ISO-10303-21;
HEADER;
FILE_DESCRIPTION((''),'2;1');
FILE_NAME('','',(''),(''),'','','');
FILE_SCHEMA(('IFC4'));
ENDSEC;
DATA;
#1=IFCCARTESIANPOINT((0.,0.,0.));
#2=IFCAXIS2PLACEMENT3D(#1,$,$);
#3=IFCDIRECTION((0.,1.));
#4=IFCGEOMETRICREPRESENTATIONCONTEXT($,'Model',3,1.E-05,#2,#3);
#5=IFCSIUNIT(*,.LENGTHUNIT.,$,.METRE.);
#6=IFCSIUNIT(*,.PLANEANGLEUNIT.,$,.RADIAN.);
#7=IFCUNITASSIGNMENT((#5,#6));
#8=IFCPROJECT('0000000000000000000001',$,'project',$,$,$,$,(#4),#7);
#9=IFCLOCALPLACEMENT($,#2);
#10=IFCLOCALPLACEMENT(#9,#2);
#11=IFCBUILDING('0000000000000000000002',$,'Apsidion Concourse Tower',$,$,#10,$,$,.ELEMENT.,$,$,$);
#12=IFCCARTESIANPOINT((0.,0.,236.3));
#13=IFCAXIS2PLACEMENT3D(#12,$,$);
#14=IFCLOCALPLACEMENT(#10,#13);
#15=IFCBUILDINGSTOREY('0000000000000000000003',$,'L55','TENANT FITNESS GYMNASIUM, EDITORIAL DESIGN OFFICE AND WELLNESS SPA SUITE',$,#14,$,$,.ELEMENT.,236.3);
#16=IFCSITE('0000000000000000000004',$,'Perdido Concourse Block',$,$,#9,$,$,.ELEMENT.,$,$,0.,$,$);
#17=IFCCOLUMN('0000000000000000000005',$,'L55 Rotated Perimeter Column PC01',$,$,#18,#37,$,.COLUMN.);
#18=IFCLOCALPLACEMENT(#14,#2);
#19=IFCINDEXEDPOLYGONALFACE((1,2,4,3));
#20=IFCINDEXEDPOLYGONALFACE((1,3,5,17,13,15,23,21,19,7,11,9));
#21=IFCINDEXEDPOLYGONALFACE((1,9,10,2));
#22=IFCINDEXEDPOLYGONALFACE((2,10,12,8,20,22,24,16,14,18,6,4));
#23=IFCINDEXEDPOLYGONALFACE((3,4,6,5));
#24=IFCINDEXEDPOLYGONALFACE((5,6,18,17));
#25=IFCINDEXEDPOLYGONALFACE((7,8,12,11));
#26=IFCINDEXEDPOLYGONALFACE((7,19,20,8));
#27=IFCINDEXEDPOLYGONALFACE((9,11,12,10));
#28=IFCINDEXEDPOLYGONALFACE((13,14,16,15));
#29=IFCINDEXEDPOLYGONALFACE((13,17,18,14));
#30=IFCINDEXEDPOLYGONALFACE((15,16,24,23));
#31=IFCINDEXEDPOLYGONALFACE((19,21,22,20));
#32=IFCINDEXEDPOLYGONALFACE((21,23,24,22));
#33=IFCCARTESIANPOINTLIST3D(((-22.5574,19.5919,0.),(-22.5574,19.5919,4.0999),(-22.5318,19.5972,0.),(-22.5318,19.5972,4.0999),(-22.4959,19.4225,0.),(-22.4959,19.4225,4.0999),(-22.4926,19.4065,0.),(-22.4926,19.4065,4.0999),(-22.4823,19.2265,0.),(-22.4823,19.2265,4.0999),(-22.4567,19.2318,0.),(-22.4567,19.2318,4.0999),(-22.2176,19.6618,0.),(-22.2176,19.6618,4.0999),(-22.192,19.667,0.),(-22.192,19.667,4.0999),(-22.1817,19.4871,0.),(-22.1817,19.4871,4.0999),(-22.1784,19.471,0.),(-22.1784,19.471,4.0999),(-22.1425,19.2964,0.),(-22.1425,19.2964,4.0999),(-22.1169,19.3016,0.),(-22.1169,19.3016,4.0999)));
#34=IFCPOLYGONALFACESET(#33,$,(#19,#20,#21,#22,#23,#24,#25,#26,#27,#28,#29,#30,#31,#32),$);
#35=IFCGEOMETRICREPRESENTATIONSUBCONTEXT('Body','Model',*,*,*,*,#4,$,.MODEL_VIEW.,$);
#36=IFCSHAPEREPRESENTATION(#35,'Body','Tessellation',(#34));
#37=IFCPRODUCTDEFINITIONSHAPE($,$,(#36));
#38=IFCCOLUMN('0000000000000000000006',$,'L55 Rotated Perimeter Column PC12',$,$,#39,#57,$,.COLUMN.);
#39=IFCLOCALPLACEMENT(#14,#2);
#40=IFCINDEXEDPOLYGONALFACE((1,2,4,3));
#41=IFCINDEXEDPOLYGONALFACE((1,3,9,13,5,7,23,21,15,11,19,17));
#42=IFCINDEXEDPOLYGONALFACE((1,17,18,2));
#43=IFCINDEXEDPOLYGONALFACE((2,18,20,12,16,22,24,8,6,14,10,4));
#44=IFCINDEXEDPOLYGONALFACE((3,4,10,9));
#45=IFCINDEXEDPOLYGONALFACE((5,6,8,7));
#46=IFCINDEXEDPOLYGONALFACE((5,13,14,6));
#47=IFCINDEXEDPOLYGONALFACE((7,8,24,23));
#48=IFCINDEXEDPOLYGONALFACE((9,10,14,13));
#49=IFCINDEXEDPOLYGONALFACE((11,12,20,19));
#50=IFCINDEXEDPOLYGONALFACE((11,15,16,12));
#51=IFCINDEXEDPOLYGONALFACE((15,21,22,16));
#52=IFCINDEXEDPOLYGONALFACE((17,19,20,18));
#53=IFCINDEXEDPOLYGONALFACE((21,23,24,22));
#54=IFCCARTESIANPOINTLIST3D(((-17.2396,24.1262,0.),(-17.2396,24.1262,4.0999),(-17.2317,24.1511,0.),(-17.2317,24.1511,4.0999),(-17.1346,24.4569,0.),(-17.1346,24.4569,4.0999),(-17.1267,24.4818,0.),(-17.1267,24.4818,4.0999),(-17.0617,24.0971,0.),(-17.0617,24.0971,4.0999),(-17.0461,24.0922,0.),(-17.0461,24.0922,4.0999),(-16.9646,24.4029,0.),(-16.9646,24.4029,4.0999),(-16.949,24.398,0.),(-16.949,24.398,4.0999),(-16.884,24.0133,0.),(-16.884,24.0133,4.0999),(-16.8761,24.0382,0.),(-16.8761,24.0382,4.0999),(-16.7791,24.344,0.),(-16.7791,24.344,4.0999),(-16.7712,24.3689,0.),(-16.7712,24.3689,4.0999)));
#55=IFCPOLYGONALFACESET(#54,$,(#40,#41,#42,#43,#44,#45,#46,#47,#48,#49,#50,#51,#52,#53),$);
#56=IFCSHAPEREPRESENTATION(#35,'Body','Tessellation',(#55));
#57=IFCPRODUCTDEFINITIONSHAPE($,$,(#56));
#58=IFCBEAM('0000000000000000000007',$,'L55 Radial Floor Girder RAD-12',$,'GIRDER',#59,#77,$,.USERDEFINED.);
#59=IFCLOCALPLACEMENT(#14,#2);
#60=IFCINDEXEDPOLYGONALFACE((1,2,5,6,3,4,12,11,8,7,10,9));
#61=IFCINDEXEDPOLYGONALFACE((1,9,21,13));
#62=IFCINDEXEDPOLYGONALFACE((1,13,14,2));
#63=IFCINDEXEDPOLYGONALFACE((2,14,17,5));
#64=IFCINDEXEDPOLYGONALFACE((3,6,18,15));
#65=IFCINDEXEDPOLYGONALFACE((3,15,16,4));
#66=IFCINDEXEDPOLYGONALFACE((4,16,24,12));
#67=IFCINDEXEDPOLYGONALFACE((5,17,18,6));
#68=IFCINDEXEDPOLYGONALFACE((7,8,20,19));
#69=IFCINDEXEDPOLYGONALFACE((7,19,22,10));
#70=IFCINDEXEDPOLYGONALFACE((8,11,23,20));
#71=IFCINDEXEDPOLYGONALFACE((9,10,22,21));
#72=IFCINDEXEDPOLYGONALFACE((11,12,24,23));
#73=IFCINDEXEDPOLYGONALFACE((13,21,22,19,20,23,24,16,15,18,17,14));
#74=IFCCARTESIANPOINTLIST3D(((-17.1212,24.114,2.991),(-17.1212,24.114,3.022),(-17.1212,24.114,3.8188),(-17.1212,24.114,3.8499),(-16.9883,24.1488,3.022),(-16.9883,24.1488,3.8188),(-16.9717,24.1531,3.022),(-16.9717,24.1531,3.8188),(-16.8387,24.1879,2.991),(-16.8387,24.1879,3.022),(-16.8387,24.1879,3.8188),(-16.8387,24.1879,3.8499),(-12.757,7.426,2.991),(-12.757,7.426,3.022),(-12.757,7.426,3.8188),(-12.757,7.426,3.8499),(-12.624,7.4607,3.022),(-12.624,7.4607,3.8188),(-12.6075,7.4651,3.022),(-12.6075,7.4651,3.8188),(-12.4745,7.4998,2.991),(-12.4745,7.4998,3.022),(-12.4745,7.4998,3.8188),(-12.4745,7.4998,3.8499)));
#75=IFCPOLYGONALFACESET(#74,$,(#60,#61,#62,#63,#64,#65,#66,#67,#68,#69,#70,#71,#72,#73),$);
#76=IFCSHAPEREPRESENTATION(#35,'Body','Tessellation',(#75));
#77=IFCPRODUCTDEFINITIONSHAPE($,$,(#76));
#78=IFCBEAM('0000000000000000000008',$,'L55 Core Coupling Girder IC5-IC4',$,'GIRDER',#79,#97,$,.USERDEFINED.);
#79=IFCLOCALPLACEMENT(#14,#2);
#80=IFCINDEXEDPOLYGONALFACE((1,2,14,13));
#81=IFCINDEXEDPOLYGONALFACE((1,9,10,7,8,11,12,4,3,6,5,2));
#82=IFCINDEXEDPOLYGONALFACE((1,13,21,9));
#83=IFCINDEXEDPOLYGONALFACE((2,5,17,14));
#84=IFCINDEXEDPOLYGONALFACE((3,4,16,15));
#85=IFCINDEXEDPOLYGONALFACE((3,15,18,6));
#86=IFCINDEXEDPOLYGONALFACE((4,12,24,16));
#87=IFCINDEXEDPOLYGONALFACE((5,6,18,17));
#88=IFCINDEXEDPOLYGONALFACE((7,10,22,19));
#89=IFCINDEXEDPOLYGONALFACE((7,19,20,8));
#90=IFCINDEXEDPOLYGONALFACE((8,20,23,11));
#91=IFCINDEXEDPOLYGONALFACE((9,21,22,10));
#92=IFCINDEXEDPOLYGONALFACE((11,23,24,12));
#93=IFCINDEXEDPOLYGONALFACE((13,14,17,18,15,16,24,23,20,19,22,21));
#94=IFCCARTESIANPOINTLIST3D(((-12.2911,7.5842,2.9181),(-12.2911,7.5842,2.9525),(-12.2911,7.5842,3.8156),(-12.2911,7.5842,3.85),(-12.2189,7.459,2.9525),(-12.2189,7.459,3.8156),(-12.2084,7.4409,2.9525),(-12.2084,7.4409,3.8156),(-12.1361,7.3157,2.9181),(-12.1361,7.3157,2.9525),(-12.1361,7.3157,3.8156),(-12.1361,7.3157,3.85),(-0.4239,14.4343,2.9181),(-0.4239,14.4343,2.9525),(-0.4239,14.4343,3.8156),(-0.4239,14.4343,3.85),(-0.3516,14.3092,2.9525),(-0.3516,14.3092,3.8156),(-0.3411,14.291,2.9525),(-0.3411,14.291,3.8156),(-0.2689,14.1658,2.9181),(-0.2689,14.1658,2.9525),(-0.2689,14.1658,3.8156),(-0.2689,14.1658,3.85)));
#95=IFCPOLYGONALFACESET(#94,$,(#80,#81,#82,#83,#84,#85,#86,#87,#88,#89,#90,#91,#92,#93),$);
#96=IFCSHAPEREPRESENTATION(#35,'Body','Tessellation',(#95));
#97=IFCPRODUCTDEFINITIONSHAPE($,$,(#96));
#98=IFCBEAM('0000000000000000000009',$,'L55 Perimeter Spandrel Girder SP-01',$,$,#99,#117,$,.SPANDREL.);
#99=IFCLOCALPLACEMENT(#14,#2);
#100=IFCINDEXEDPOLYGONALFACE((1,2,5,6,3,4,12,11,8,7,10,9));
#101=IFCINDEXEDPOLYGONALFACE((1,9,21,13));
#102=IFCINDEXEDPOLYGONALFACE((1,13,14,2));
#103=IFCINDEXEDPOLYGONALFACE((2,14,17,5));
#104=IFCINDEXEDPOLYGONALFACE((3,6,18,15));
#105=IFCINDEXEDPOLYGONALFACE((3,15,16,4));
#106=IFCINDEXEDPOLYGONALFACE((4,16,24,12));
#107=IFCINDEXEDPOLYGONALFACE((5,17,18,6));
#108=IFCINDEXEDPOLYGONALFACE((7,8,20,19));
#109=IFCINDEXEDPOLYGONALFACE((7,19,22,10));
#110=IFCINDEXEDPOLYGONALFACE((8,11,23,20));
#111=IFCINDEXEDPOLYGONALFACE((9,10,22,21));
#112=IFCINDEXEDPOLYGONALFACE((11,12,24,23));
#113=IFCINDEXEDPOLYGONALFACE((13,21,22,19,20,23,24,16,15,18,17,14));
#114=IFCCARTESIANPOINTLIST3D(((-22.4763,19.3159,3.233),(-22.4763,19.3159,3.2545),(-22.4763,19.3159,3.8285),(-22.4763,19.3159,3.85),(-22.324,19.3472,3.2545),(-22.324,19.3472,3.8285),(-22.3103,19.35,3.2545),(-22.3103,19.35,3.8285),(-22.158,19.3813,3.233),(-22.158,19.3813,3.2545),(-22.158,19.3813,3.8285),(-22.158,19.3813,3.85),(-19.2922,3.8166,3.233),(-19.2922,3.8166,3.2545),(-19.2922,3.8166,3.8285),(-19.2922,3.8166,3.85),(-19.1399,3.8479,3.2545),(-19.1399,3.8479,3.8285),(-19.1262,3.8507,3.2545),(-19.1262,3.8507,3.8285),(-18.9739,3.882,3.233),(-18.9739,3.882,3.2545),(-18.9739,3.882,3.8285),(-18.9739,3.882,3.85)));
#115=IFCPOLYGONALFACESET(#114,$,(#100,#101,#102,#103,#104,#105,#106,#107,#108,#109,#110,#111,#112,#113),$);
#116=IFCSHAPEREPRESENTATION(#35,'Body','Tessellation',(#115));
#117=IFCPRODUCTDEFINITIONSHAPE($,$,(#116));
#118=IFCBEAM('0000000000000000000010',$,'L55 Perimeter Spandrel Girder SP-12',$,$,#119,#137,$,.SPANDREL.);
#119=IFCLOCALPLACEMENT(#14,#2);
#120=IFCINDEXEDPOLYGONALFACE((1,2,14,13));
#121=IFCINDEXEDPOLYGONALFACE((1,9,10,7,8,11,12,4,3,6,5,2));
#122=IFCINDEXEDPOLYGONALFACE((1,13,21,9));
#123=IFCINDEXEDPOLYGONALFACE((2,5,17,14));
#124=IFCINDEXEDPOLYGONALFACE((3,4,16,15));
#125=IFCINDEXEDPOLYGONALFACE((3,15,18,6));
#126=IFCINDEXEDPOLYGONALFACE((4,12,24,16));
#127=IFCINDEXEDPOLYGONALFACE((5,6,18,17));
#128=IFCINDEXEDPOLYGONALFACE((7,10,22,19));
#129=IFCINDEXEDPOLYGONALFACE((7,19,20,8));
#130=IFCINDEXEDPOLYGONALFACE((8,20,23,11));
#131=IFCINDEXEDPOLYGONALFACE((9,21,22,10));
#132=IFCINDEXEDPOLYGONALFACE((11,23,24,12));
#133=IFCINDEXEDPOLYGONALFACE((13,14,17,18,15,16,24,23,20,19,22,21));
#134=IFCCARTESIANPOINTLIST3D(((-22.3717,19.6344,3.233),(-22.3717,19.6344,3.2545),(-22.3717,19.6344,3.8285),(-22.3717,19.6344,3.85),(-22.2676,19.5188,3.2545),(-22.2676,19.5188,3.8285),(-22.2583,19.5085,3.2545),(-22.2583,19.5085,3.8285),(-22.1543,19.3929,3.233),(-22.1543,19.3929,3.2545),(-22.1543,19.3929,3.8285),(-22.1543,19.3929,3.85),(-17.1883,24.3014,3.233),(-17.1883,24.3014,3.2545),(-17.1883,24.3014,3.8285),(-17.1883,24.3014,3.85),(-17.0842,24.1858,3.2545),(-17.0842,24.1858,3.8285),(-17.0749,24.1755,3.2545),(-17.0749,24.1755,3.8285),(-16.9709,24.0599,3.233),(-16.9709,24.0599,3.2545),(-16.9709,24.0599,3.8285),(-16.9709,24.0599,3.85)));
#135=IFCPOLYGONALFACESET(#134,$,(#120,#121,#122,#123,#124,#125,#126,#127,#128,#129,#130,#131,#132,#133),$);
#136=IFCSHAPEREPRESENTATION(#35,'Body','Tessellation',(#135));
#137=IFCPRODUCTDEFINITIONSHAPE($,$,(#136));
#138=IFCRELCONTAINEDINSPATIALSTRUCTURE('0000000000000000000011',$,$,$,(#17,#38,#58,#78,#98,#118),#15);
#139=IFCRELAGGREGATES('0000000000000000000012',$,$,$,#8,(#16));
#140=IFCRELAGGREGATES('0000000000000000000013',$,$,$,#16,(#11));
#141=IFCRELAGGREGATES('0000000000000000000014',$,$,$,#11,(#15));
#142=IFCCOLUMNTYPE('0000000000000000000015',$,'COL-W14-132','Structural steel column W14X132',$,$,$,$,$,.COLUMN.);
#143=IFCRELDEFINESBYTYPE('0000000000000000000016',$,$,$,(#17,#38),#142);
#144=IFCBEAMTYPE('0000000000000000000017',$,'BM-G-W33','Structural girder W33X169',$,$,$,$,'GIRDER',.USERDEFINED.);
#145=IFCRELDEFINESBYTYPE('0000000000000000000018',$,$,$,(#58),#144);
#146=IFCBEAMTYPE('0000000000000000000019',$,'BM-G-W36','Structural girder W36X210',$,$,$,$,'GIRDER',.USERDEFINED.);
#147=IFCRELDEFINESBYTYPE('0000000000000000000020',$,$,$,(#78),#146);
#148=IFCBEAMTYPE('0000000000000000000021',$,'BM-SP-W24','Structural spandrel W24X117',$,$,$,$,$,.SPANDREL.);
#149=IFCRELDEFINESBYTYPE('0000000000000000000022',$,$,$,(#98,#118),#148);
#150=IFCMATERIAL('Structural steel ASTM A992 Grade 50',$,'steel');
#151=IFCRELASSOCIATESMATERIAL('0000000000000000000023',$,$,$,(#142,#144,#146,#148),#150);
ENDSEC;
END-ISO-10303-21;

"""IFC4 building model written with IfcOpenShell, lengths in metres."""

from ifc_helpers import new_model, si_unit, direction, frame, origin, origin_2d, place, context, subcontext, project, spatial, i_section, extrude, material, material_profile, profile_set, type_object, element, save


model = new_model("IFC4")

# Units and contexts
model_context = context("Model", 3, precision=1e-05, world=origin(), true_north=direction((0.0, 1.0)))
body_context = subcontext(model_context, "Body", "Model", "MODEL_VIEW")
ifc_project = project(units=[si_unit("LENGTHUNIT", "METRE"), si_unit("PLANEANGLEUNIT", "RADIAN")], contexts=[model_context])

# Site, building, storey
site_placement = place(None, origin())
site = spatial("IfcSite", under=ifc_project, at=site_placement, Name="Perdido Concourse Block", CompositionType="ELEMENT", RefElevation=0.0)
building_placement = place(site_placement, origin())
building = spatial("IfcBuilding", under=site, at=building_placement, Name="Apsidion Concourse Tower", CompositionType="ELEMENT")
storey_placement = place(building_placement, frame((0.0, 0.0, 236.3)))
storey = spatial("IfcBuildingStorey", under=building, at=storey_placement, Name="L55", Description="TENANT FITNESS GYMNASIUM, EDITORIAL DESIGN OFFICE AND WELLNESS SPA SUITE", CompositionType="ELEMENT", Elevation=236.3)

# Columns
ifc_material_1 = material(Name="Structural steel ASTM A992 Grade 50", Category="steel")
ifc_material_profile_1 = material_profile(ifc_material_1, i_section(OverallWidth=0.373, OverallDepth=0.373, WebThickness=0.0164, FlangeThickness=0.0261, at=origin_2d()), Name="W14X132")
ifc_profile_set_1 = profile_set([ifc_material_profile_1], Name="Structural steel ASTM A992 Grade 50")
column_type = type_object("IfcColumnType", Name="COL-W14-132", Description="Structural steel column W14X132", PredefinedType="COLUMN", material=ifc_profile_set_1)
for number, where, z_axis, x_axis, name in (
    (1, (-22.3372, 19.4468, 0.0), (0.0, 0.0, 1.0), (-0.201249, 0.97954, 0.0), "L55 Rotated Perimeter Column PC01"),
    (2, (-17.0054, 24.2476, 0.0), (0.0, 0.0, 1.0), (-0.953138, 0.302536, 0.0), "L55 Rotated Perimeter Column PC12"),
):
    element("IfcColumn", number, at=place(storey_placement, frame(where, z_axis=z_axis, x_axis=x_axis)), inside=storey, type_object=column_type, Name=name, PredefinedType="COLUMN", context=body_context, shape_type="SweptSolid", body=[
        extrude(i_section(OverallWidth=0.373, OverallDepth=0.373, WebThickness=0.0164, FlangeThickness=0.0261, at=origin_2d()), origin(), (0.0, 0.0, 1.0), 4.0999),
    ])

# Beams
ifc_material_profile_2 = material_profile(ifc_material_1, i_section(OverallWidth=0.292, OverallDepth=0.8589, WebThickness=0.0171, FlangeThickness=0.031, at=origin_2d()), Name="W33X169")
ifc_profile_set_2 = profile_set([ifc_material_profile_2], Name="Structural steel ASTM A992 Grade 50")
beam_type_1 = type_object("IfcBeamType", Name="BM-G-W33", Description="Structural girder W33X169", ElementType="GIRDER", PredefinedType="USERDEFINED", material=ifc_profile_set_2)
beam_1_placement = place(storey_placement, frame((-12.6157, 7.4629, 3.4204), z_axis=(-0.253012, 0.967463, 0.0), x_axis=(-0.967463, -0.253012, 0.0)))
element("IfcBeam", 3, at=beam_1_placement, inside=storey, type_object=beam_type_1, Name="L55 Radial Floor Girder RAD-12", ObjectType="GIRDER", PredefinedType="USERDEFINED", context=body_context, shape_type="SweptSolid", body=[
    extrude(i_section(OverallWidth=0.292, OverallDepth=0.8589, WebThickness=0.0171, FlangeThickness=0.031, at=origin_2d()), origin(), (0.0, 0.0, 1.0), 17.2493),
])
ifc_material_profile_3 = material_profile(ifc_material_1, i_section(OverallWidth=0.3101, OverallDepth=0.9319, WebThickness=0.021, FlangeThickness=0.0344, at=origin_2d()), Name="W36X210")
ifc_profile_set_3 = profile_set([ifc_material_profile_3], Name="Structural steel ASTM A992 Grade 50")
beam_type_2 = type_object("IfcBeamType", Name="BM-G-W36", Description="Structural girder W36X210", ElementType="GIRDER", PredefinedType="USERDEFINED", material=ifc_profile_set_3)
beam_2_placement = place(storey_placement, frame((-12.2136, 7.45, 3.384), z_axis=(0.86607, 0.499922, 0.0), x_axis=(-0.499922, 0.86607, 0.0)))
element("IfcBeam", 4, at=beam_2_placement, inside=storey, type_object=beam_type_2, Name="L55 Core Coupling Girder IC5-IC4", ObjectType="GIRDER", PredefinedType="USERDEFINED", context=body_context, shape_type="SweptSolid", body=[
    extrude(i_section(OverallWidth=0.3101, OverallDepth=0.9319, WebThickness=0.021, FlangeThickness=0.0344, at=origin_2d()), origin(), (0.0, 0.0, 1.0), 13.7024),
])
ifc_material_profile_4 = material_profile(ifc_material_1, i_section(OverallWidth=0.325, OverallDepth=0.6169, WebThickness=0.0139, FlangeThickness=0.0215, at=origin_2d()), Name="W24X117")
ifc_profile_set_4 = profile_set([ifc_material_profile_4], Name="Structural steel ASTM A992 Grade 50")
beam_type_3 = type_object("IfcBeamType", Name="BM-SP-W24", Description="Structural spandrel W24X117", PredefinedType="SPANDREL", material=ifc_profile_set_4)
beam_3_placement = place(storey_placement, frame((-22.3171, 19.3486, 3.5415), z_axis=(0.201232, -0.979544, 0.0), x_axis=(0.979544, 0.201232, 0.0)))
element("IfcBeam", 5, at=beam_3_placement, inside=storey, type_object=beam_type_3, Name="L55 Perimeter Spandrel Girder SP-01", PredefinedType="SPANDREL", context=body_context, shape_type="SweptSolid", body=[
    extrude(i_section(OverallWidth=0.325, OverallDepth=0.6169, WebThickness=0.0139, FlangeThickness=0.0215, at=origin_2d()), origin(), (0.0, 0.0, 1.0), 15.823),
])
beam_4_placement = place(storey_placement, frame((-17.0796, 24.1807, 3.5415), z_axis=(-0.743153, -0.669121, 0.0), x_axis=(0.669121, -0.743153, 0.0)))
element("IfcBeam", 6, at=beam_4_placement, inside=storey, type_object=beam_type_3, Name="L55 Perimeter Spandrel Girder SP-12", PredefinedType="SPANDREL", context=body_context, shape_type="SweptSolid", body=[
    extrude(i_section(OverallWidth=0.325, OverallDepth=0.6169, WebThickness=0.0139, FlangeThickness=0.0215, at=origin_2d()), origin(), (0.0, 0.0, 1.0), 6.9749),
])

save(model, "model.ifc")
